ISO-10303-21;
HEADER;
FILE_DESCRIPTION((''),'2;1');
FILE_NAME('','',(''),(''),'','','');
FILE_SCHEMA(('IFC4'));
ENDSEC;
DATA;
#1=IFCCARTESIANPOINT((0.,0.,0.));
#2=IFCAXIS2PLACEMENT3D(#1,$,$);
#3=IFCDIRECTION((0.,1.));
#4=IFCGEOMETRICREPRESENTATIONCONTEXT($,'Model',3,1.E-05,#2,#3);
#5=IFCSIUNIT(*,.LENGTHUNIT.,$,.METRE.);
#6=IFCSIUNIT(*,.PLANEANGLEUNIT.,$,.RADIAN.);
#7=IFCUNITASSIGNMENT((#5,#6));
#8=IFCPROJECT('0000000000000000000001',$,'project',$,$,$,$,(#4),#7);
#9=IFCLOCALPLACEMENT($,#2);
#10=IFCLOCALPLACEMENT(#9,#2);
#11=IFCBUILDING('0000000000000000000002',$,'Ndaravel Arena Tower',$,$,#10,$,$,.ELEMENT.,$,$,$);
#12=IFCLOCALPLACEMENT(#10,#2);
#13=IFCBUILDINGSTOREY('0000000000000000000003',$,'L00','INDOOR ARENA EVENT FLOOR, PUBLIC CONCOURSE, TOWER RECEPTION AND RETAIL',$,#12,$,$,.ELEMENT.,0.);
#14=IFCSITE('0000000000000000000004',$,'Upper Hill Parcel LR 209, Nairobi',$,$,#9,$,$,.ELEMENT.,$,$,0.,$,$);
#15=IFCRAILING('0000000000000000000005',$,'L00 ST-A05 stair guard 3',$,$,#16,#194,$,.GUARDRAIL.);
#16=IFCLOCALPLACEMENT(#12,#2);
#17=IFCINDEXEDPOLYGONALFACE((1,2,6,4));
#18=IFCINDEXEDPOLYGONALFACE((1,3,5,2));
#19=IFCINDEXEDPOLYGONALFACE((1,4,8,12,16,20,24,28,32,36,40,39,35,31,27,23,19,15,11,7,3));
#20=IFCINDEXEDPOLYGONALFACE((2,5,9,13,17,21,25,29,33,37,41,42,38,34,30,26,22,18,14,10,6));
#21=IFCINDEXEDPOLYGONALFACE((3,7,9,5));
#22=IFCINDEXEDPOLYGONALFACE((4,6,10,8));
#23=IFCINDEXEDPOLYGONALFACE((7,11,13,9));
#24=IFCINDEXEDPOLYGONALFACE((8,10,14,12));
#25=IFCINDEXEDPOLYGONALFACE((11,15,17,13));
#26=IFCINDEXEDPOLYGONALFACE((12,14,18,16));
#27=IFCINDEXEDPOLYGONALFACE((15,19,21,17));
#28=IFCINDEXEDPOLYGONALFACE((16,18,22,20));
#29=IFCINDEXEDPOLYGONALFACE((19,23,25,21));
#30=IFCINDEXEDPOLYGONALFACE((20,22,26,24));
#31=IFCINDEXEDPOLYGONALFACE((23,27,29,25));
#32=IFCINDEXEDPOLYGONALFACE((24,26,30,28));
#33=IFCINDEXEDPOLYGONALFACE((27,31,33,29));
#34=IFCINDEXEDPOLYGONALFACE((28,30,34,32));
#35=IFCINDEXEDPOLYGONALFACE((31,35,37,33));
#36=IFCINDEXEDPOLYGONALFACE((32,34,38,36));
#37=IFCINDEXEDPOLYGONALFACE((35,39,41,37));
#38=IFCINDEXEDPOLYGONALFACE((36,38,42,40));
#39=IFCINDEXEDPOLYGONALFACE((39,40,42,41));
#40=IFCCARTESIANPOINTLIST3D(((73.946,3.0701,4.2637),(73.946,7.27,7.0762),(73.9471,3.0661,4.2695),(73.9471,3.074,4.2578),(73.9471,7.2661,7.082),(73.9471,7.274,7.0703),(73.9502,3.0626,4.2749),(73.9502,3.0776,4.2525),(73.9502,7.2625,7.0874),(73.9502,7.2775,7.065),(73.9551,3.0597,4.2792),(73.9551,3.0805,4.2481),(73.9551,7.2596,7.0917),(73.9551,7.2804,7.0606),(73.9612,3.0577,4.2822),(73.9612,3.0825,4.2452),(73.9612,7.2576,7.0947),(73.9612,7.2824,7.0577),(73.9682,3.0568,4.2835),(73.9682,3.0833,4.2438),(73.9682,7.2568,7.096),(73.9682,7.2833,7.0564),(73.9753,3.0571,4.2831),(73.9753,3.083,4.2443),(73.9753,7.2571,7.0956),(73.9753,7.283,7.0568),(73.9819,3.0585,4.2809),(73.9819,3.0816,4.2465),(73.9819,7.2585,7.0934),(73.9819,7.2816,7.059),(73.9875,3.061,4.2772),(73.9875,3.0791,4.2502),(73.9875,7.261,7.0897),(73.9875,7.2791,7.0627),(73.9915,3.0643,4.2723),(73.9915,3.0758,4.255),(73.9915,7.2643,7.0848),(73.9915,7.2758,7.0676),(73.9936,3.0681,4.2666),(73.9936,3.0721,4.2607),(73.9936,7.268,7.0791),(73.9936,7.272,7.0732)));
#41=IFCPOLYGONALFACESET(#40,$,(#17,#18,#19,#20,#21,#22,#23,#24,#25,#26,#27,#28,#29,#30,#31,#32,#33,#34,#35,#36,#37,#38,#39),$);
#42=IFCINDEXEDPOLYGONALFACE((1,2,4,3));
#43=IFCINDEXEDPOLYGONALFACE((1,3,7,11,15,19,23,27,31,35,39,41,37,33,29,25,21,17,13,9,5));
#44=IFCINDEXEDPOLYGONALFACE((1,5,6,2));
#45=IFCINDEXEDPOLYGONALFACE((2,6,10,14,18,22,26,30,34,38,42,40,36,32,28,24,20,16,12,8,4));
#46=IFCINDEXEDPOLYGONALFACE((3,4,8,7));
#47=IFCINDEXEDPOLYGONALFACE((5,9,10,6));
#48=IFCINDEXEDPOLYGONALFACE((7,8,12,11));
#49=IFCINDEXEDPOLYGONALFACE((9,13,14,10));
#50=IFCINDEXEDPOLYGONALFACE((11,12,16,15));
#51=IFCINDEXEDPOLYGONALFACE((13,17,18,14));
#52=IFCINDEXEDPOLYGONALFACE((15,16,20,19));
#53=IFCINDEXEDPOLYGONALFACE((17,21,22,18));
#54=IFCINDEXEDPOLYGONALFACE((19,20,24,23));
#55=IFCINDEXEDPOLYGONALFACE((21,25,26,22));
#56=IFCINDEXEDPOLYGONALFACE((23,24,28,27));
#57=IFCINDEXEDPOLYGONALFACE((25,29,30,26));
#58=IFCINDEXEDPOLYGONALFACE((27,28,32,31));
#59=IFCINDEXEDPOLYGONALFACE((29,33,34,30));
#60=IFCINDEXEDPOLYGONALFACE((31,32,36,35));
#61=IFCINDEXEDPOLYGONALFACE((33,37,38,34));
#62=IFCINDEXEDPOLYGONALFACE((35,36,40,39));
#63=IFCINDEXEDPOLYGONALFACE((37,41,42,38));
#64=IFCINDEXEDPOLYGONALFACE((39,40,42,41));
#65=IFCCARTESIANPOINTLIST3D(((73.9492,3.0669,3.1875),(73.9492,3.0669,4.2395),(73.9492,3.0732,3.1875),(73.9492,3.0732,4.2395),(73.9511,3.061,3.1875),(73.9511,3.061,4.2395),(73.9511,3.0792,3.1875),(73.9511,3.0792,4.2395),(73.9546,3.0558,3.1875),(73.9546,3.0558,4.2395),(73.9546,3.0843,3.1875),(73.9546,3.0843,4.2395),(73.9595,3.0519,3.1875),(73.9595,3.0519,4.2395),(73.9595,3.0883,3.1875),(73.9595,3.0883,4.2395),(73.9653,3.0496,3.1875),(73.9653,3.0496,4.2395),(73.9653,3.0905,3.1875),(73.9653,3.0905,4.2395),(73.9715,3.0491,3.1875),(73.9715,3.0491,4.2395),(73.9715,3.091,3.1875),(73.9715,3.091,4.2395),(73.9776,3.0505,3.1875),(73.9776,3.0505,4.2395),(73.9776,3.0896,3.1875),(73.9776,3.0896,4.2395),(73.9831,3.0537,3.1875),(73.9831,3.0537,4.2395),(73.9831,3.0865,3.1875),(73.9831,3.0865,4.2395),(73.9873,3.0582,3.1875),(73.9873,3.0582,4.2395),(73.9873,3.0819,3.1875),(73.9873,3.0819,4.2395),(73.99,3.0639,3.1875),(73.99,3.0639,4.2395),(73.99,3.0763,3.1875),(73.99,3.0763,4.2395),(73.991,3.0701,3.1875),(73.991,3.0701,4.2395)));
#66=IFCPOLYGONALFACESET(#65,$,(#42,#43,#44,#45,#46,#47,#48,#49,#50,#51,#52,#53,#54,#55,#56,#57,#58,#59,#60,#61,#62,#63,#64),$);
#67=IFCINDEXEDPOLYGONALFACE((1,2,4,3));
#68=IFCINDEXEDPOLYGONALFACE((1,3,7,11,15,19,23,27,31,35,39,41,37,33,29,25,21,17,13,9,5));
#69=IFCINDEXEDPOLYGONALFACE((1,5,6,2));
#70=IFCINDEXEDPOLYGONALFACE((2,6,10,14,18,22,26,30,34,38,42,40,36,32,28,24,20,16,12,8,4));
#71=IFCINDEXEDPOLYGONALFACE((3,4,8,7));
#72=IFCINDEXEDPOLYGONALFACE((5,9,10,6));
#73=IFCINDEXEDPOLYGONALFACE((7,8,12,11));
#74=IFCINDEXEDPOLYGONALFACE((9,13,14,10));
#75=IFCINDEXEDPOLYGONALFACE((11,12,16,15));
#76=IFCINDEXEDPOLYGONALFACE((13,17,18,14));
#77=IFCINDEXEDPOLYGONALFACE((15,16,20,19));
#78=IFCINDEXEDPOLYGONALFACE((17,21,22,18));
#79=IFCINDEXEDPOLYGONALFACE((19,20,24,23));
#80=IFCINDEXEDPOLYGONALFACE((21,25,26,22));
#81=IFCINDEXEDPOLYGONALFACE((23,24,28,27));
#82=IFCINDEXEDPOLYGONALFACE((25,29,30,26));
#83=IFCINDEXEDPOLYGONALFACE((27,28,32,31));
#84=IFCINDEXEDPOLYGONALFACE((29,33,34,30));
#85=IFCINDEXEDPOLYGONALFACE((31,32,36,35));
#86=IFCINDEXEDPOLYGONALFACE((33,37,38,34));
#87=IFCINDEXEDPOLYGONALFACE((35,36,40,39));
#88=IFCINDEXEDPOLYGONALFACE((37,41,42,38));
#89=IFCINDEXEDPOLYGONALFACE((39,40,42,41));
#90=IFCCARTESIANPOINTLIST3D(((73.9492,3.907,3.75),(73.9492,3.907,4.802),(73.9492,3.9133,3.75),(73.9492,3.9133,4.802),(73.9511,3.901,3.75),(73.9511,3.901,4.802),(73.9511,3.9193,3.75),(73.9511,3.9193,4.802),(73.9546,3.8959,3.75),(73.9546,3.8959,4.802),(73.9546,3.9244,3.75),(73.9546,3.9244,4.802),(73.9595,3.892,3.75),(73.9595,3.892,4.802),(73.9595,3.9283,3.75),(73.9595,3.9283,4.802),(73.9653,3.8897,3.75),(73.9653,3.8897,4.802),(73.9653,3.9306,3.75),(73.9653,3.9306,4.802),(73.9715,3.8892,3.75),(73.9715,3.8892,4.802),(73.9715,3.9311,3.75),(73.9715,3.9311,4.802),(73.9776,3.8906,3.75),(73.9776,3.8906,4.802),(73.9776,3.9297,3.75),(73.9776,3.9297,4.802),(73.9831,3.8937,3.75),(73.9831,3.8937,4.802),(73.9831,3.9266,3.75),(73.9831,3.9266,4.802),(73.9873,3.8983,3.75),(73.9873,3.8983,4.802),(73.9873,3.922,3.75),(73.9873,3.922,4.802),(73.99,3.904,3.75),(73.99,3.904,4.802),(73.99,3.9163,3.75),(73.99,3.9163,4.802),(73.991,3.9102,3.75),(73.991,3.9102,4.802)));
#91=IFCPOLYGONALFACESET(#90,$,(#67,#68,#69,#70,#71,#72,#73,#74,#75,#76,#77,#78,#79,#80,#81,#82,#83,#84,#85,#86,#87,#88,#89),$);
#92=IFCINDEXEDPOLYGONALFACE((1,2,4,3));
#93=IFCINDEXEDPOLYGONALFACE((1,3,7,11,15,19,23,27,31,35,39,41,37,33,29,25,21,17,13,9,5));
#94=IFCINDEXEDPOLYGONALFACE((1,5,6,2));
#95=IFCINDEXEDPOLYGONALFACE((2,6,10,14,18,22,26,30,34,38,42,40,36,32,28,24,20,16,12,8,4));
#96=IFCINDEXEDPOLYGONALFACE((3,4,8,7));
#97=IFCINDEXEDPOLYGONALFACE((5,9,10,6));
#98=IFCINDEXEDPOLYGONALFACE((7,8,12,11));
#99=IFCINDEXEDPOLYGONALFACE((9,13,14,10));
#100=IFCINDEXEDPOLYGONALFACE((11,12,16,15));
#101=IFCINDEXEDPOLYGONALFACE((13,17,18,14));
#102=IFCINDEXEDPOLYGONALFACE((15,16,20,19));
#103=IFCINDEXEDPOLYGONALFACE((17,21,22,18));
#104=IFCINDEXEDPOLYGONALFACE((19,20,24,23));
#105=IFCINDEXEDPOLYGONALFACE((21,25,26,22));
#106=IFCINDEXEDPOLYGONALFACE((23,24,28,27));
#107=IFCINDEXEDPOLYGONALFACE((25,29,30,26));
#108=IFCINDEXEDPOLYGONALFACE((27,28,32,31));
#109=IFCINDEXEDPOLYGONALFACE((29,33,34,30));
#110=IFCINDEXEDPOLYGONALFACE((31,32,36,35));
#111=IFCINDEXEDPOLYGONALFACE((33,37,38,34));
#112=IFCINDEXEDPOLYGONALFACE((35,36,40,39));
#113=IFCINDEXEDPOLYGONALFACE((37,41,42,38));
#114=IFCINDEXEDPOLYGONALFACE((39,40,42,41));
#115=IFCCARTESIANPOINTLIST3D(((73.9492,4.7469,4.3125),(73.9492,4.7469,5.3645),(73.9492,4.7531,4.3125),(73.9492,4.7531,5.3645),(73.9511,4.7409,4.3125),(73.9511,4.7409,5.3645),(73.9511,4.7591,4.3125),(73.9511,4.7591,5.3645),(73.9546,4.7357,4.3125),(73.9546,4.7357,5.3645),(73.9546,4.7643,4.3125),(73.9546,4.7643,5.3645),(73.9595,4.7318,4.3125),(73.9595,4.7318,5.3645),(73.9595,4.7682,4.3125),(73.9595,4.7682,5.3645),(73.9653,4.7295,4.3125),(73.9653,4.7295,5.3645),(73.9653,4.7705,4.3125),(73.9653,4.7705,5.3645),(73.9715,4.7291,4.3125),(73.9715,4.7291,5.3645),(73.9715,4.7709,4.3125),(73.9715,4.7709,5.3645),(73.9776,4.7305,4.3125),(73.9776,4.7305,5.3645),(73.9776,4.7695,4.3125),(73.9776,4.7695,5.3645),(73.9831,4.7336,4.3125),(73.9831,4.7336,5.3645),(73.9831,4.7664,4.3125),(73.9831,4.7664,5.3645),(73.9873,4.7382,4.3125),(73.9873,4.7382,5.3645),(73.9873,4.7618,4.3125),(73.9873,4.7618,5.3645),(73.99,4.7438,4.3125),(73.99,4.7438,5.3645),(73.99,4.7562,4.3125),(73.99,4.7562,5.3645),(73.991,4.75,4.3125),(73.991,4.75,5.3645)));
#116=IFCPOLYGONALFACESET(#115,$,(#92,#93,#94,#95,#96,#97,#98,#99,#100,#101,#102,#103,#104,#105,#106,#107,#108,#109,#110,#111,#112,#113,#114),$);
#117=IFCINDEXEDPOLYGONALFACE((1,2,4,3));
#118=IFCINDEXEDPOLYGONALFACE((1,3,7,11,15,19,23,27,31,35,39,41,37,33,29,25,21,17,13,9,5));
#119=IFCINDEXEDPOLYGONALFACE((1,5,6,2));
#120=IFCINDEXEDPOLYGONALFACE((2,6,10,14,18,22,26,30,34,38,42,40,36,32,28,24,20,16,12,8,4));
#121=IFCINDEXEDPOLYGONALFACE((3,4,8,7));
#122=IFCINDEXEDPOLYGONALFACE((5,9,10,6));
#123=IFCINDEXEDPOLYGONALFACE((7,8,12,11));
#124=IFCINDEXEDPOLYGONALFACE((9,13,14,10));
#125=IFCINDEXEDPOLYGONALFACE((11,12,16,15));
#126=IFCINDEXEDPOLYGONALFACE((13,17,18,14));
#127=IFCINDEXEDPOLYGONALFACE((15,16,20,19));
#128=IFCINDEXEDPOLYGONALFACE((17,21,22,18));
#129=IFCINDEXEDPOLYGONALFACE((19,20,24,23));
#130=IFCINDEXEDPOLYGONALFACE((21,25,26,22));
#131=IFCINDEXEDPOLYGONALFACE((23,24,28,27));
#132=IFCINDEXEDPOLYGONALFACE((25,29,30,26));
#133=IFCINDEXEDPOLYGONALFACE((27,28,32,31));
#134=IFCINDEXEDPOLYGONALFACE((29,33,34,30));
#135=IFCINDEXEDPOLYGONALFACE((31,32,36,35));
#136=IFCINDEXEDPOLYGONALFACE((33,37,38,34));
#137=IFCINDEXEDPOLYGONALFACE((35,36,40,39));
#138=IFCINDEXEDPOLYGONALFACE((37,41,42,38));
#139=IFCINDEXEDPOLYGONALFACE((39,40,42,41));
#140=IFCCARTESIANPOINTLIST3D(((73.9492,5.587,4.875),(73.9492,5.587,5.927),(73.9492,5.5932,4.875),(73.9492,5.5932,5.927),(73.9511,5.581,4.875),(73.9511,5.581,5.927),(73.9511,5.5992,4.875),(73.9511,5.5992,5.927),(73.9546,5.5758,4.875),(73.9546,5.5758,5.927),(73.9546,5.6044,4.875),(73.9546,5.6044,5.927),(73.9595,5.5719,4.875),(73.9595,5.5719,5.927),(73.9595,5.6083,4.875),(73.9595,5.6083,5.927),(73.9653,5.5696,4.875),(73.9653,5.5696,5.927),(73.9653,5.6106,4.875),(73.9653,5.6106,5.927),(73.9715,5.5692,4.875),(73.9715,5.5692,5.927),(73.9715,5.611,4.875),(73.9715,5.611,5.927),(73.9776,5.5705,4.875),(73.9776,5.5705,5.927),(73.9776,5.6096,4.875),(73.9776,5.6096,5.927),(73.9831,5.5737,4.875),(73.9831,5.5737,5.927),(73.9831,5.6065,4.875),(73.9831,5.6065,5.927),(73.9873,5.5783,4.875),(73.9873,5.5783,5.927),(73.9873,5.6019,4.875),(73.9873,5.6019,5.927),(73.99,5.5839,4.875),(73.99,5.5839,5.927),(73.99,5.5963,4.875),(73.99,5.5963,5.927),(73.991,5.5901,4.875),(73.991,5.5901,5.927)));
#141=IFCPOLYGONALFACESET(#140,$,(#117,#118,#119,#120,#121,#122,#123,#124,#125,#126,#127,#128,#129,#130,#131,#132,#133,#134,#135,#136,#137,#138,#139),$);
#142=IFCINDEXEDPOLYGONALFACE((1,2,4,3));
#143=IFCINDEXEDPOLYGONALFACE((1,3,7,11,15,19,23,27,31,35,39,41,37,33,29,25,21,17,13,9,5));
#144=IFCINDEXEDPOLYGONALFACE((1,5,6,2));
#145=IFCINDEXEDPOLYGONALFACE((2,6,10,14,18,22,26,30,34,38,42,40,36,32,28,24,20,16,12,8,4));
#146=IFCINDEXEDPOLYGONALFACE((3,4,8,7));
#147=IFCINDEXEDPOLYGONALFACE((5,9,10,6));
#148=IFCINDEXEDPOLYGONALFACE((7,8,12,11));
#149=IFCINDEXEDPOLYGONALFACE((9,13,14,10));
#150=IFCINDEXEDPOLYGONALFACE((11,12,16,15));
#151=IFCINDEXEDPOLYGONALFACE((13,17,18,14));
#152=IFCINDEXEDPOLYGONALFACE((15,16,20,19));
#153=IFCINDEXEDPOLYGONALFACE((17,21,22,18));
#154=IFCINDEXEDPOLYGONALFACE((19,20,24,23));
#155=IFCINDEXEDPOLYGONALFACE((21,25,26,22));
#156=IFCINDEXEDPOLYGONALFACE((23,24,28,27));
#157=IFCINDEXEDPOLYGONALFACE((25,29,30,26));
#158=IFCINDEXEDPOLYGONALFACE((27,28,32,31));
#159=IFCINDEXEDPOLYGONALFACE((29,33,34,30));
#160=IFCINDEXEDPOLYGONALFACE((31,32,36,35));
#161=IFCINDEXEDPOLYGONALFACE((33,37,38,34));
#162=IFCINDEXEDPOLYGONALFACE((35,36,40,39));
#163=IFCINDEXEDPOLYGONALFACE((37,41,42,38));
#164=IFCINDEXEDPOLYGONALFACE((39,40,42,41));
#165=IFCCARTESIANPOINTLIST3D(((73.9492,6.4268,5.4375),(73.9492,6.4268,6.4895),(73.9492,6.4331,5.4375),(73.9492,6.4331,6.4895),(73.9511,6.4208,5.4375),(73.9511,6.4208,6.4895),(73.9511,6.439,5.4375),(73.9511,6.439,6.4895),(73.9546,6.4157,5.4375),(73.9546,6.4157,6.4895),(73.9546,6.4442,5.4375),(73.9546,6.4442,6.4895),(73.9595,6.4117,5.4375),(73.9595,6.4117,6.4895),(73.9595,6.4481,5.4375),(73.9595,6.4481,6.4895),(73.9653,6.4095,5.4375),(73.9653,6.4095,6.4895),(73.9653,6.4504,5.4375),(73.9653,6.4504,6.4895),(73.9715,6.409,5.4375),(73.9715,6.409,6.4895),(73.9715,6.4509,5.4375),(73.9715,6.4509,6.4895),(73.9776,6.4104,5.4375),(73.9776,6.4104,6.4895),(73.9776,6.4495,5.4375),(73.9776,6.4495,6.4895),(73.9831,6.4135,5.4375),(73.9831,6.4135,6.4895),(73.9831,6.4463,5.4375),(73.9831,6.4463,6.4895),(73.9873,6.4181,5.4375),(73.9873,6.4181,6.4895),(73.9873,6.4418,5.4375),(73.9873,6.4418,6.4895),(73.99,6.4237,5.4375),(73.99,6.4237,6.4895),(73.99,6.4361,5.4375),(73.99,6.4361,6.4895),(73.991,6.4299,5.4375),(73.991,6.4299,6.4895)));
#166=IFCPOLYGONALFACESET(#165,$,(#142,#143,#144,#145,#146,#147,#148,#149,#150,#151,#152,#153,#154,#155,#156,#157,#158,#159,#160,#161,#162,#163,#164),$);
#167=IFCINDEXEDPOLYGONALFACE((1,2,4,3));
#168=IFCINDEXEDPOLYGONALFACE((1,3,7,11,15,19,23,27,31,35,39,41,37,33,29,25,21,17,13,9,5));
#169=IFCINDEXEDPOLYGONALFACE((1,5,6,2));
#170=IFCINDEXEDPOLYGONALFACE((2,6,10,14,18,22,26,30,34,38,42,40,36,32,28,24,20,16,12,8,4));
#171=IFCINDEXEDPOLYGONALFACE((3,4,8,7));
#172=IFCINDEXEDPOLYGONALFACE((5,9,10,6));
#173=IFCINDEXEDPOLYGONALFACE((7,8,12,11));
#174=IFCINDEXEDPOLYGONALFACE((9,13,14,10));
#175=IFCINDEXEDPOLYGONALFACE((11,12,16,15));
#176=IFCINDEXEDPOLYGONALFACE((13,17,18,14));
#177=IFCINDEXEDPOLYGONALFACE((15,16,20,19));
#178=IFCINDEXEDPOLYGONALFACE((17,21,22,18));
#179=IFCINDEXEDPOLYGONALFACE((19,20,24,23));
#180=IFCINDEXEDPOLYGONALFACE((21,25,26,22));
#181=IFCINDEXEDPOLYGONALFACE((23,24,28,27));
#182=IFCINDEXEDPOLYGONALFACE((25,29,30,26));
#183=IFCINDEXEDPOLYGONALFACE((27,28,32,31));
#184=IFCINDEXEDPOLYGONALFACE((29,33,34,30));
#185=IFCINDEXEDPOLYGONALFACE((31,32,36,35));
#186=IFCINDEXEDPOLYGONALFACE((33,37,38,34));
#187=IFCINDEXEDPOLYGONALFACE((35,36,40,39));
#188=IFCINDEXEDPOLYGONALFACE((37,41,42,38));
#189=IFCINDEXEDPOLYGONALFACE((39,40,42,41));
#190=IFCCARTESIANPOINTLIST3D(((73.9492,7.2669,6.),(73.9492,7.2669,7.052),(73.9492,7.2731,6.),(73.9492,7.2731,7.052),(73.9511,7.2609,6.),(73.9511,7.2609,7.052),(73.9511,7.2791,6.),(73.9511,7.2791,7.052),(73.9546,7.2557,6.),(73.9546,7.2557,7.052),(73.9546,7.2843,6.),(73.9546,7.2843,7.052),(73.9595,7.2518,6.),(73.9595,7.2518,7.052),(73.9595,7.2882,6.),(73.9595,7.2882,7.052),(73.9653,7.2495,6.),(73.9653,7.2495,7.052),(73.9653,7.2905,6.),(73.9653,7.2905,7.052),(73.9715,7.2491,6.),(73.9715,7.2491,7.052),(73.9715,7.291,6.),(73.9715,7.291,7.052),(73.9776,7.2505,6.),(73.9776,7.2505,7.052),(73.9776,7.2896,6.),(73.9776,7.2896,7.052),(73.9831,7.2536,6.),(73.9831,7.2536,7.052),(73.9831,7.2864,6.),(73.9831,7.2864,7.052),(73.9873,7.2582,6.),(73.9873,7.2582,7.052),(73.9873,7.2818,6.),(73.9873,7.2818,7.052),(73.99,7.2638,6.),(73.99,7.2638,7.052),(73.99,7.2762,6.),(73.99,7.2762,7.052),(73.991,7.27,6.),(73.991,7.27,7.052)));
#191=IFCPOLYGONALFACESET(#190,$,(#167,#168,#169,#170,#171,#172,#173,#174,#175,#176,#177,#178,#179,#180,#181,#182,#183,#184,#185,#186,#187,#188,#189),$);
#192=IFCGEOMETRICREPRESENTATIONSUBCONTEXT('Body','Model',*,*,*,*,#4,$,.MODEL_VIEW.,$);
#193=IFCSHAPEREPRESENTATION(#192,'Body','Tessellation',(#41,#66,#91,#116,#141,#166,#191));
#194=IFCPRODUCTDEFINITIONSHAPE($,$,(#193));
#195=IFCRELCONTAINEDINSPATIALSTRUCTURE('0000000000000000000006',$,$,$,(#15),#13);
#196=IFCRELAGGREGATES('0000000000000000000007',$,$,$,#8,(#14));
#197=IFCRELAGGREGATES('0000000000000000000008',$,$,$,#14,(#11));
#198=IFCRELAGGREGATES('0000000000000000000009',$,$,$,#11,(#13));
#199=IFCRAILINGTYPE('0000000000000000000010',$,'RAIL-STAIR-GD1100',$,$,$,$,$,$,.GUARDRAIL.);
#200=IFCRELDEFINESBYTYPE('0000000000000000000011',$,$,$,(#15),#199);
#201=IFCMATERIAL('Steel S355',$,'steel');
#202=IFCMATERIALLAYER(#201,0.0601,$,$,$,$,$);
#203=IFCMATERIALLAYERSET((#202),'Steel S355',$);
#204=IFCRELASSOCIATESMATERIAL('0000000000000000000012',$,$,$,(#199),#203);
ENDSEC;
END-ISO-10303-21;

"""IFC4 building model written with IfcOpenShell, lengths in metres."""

from ifc_helpers import new_model, si_unit, direction, frame, origin, origin_2d, place, context, subcontext, project, spatial, circle, extrude, material, layer, layer_set, type_object, element, save


model = new_model("IFC4")

# Units and contexts
model_context = context("Model", 3, precision=1e-05, world=origin(), true_north=direction((0.0, 1.0)))
body_context = subcontext(model_context, "Body", "Model", "MODEL_VIEW")
ifc_project = project(units=[si_unit("LENGTHUNIT", "METRE"), si_unit("PLANEANGLEUNIT", "RADIAN")], contexts=[model_context])

# Site, building, storey
site_placement = place(None, origin())
site = spatial("IfcSite", under=ifc_project, at=site_placement, Name="Upper Hill Parcel LR 209, Nairobi", CompositionType="ELEMENT", RefElevation=0.0)
building_placement = place(site_placement, origin())
building = spatial("IfcBuilding", under=site, at=building_placement, Name="Ndaravel Arena Tower", CompositionType="ELEMENT")
storey_placement = place(building_placement, origin())
storey = spatial("IfcBuildingStorey", under=building, at=storey_placement, Name="L00", Description="INDOOR ARENA EVENT FLOOR, PUBLIC CONCOURSE, TOWER RECEPTION AND RETAIL", CompositionType="ELEMENT", Elevation=0.0)

# Railing
ifc_material_1 = material(Name="Steel S355", Category="steel")
ifc_layer_1 = layer(ifc_material_1, 0.0601)
ifc_layer_set_1 = layer_set([ifc_layer_1], Name="Steel S355")
railing_type_1 = type_object("IfcRailingType", Name="RAIL-STAIR-GD1100", PredefinedType="GUARDRAIL", material=ifc_layer_set_1)
railing_1_placement = place(storey_placement, frame((73.97, 3.0701, 3.1875)))
element("IfcRailing", 1, at=railing_1_placement, inside=storey, type_object=railing_type_1, Name="L00 ST-A05 stair guard 3", PredefinedType="GUARDRAIL", context=body_context, shape_type="SweptSolid", body=[
    extrude(circle(Radius=0.0239, at=origin_2d()), frame((0.0, 0.0, 1.0762), z_axis=(0.0, 0.830904, 0.556416), x_axis=(-1.0, 0.0, 0.0)), (0.0, 0.0, 1.0), 5.0547),
    extrude(circle(Radius=0.021, at=origin_2d()), origin(), (0.0, 0.0, 1.0), 1.052),
    extrude(circle(Radius=0.021, at=origin_2d()), frame((0.0, 0.8401, 0.5625)), (0.0, 0.0, 1.0), 1.052),
    extrude(circle(Radius=0.021, at=origin_2d()), frame((0.0, 1.6799, 1.125)), (0.0, 0.0, 1.0), 1.052),
    extrude(circle(Radius=0.021, at=origin_2d()), frame((0.0, 2.52, 1.6875)), (0.0, 0.0, 1.0), 1.052),
    extrude(circle(Radius=0.021, at=origin_2d()), frame((0.0, 3.3599, 2.25)), (0.0, 0.0, 1.0), 1.052),
    extrude(circle(Radius=0.021, at=origin_2d()), frame((0.0, 4.2, 2.8125)), (0.0, 0.0, 1.0), 1.052),
])

save(model, "model.ifc")
